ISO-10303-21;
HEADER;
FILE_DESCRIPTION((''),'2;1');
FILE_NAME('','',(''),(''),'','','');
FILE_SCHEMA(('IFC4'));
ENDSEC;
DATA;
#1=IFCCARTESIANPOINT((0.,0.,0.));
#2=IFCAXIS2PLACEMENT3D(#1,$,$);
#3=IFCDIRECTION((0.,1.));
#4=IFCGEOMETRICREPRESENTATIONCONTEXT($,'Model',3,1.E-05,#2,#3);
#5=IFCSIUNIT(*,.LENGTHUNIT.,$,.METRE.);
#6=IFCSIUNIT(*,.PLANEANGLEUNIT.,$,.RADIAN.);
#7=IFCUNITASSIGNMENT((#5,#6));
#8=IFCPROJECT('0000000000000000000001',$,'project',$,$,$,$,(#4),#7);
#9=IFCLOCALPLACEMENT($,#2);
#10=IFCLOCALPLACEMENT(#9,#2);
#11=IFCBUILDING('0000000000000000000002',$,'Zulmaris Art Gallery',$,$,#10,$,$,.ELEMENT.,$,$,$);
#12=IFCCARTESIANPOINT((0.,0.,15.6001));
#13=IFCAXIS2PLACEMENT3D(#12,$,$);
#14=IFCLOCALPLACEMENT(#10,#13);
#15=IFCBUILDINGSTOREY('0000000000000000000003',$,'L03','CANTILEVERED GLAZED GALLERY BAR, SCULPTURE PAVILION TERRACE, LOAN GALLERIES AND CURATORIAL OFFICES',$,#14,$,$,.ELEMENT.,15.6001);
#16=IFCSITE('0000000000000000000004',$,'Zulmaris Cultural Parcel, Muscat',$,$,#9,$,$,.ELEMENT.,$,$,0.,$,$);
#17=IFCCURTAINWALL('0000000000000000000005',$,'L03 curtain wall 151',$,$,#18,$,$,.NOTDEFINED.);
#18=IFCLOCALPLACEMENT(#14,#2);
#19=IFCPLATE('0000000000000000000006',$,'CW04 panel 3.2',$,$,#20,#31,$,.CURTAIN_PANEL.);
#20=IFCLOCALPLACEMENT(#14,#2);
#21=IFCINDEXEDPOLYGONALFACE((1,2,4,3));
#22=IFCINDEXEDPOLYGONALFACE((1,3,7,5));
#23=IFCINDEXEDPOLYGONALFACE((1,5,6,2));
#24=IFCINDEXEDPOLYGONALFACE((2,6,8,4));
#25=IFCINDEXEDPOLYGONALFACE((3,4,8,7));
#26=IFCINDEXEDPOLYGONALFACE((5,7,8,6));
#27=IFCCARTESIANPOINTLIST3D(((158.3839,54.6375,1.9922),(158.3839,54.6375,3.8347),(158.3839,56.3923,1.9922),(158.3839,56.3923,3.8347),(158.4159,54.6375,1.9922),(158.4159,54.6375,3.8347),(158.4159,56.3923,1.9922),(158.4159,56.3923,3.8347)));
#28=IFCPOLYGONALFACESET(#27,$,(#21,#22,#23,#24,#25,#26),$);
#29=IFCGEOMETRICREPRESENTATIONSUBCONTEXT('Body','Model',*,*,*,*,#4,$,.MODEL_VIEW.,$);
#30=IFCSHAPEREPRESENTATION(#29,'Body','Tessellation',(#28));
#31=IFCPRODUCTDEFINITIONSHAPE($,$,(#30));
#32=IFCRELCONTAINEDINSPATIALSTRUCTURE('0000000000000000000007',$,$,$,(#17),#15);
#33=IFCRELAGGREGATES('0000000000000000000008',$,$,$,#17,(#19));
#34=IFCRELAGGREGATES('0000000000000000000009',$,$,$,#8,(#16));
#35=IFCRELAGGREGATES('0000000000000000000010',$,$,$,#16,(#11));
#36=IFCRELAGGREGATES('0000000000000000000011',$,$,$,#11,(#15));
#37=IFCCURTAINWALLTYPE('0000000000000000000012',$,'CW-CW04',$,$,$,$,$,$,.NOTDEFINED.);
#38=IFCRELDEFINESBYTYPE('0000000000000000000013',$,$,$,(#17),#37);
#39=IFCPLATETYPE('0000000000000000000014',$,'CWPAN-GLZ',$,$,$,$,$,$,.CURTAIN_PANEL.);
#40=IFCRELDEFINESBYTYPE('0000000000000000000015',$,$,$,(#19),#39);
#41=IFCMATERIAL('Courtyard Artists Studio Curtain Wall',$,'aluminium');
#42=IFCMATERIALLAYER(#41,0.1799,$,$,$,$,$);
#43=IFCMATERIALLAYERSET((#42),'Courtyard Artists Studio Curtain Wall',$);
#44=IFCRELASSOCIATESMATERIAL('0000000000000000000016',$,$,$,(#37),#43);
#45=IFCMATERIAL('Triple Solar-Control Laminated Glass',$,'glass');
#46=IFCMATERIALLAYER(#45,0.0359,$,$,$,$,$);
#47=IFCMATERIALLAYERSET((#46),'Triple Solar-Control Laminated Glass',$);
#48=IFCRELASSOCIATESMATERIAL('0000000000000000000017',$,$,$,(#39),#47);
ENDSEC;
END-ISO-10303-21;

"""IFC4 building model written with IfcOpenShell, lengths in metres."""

from ifc_helpers import new_model, si_unit, direction, frame, origin, origin_2d, place, context, subcontext, project, spatial, rectangle, extrude, material, layer, layer_set, type_object, element, aggregate, save


model = new_model("IFC4")

# Units and contexts
model_context = context("Model", 3, precision=1e-05, world=origin(), true_north=direction((0.0, 1.0)))
body_context = subcontext(model_context, "Body", "Model", "MODEL_VIEW")
ifc_project = project(units=[si_unit("LENGTHUNIT", "METRE"), si_unit("PLANEANGLEUNIT", "RADIAN")], contexts=[model_context])

# Site, building, storey
site_placement = place(None, origin())
site = spatial("IfcSite", under=ifc_project, at=site_placement, Name="Zulmaris Cultural Parcel, Muscat", CompositionType="ELEMENT", RefElevation=0.0)
building_placement = place(site_placement, origin())
building = spatial("IfcBuilding", under=site, at=building_placement, Name="Zulmaris Art Gallery", CompositionType="ELEMENT")
storey_placement = place(building_placement, frame((0.0, 0.0, 15.6001)))
storey = spatial("IfcBuildingStorey", under=building, at=storey_placement, Name="L03", Description="CANTILEVERED GLAZED GALLERY BAR, SCULPTURE PAVILION TERRACE, LOAN GALLERIES AND CURATORIAL OFFICES", CompositionType="ELEMENT", Elevation=15.6001)

# Curtain wall
ifc_material_1 = material(Name="Courtyard Artists Studio Curtain Wall", Category="aluminium")
ifc_layer_1 = layer(ifc_material_1, 0.1799)
ifc_layer_set_1 = layer_set([ifc_layer_1], Name="Courtyard Artists Studio Curtain Wall")
curtain_wall_type = type_object("IfcCurtainWallType", Name="CW-CW04", PredefinedType="NOTDEFINED", material=ifc_layer_set_1)
curtain_wall_1_placement = place(storey_placement, origin())
curtain_wall_1 = element("IfcCurtainWall", 1, at=curtain_wall_1_placement, inside=storey, type_object=curtain_wall_type, Name="L03 curtain wall 151", PredefinedType="NOTDEFINED")

# Plate
ifc_material_2 = material(Name="Triple Solar-Control Laminated Glass", Category="glass")
ifc_layer_2 = layer(ifc_material_2, 0.0359)
ifc_layer_set_2 = layer_set([ifc_layer_2], Name="Triple Solar-Control Laminated Glass")
plate_type = type_object("IfcPlateType", Name="CWPAN-GLZ", PredefinedType="CURTAIN_PANEL", material=ifc_layer_set_2)
plate_1_placement = place(storey_placement, frame((158.3999, 55.5149, 1.9922), z_axis=(0.0, 0.0, 1.0), x_axis=(0.0, 1.0, 0.0)))
plate_1 = element("IfcPlate", 2, at=plate_1_placement, type_object=plate_type, Name="CW04 panel 3.2", PredefinedType="CURTAIN_PANEL", context=body_context, shape_type="SweptSolid", body=[
    extrude(rectangle(XDim=1.7549, YDim=0.032, at=origin_2d()), origin(), (0.0, 0.0, 1.0), 1.8425),
])
aggregate(curtain_wall_1, [plate_1])

save(model, "model.ifc")
